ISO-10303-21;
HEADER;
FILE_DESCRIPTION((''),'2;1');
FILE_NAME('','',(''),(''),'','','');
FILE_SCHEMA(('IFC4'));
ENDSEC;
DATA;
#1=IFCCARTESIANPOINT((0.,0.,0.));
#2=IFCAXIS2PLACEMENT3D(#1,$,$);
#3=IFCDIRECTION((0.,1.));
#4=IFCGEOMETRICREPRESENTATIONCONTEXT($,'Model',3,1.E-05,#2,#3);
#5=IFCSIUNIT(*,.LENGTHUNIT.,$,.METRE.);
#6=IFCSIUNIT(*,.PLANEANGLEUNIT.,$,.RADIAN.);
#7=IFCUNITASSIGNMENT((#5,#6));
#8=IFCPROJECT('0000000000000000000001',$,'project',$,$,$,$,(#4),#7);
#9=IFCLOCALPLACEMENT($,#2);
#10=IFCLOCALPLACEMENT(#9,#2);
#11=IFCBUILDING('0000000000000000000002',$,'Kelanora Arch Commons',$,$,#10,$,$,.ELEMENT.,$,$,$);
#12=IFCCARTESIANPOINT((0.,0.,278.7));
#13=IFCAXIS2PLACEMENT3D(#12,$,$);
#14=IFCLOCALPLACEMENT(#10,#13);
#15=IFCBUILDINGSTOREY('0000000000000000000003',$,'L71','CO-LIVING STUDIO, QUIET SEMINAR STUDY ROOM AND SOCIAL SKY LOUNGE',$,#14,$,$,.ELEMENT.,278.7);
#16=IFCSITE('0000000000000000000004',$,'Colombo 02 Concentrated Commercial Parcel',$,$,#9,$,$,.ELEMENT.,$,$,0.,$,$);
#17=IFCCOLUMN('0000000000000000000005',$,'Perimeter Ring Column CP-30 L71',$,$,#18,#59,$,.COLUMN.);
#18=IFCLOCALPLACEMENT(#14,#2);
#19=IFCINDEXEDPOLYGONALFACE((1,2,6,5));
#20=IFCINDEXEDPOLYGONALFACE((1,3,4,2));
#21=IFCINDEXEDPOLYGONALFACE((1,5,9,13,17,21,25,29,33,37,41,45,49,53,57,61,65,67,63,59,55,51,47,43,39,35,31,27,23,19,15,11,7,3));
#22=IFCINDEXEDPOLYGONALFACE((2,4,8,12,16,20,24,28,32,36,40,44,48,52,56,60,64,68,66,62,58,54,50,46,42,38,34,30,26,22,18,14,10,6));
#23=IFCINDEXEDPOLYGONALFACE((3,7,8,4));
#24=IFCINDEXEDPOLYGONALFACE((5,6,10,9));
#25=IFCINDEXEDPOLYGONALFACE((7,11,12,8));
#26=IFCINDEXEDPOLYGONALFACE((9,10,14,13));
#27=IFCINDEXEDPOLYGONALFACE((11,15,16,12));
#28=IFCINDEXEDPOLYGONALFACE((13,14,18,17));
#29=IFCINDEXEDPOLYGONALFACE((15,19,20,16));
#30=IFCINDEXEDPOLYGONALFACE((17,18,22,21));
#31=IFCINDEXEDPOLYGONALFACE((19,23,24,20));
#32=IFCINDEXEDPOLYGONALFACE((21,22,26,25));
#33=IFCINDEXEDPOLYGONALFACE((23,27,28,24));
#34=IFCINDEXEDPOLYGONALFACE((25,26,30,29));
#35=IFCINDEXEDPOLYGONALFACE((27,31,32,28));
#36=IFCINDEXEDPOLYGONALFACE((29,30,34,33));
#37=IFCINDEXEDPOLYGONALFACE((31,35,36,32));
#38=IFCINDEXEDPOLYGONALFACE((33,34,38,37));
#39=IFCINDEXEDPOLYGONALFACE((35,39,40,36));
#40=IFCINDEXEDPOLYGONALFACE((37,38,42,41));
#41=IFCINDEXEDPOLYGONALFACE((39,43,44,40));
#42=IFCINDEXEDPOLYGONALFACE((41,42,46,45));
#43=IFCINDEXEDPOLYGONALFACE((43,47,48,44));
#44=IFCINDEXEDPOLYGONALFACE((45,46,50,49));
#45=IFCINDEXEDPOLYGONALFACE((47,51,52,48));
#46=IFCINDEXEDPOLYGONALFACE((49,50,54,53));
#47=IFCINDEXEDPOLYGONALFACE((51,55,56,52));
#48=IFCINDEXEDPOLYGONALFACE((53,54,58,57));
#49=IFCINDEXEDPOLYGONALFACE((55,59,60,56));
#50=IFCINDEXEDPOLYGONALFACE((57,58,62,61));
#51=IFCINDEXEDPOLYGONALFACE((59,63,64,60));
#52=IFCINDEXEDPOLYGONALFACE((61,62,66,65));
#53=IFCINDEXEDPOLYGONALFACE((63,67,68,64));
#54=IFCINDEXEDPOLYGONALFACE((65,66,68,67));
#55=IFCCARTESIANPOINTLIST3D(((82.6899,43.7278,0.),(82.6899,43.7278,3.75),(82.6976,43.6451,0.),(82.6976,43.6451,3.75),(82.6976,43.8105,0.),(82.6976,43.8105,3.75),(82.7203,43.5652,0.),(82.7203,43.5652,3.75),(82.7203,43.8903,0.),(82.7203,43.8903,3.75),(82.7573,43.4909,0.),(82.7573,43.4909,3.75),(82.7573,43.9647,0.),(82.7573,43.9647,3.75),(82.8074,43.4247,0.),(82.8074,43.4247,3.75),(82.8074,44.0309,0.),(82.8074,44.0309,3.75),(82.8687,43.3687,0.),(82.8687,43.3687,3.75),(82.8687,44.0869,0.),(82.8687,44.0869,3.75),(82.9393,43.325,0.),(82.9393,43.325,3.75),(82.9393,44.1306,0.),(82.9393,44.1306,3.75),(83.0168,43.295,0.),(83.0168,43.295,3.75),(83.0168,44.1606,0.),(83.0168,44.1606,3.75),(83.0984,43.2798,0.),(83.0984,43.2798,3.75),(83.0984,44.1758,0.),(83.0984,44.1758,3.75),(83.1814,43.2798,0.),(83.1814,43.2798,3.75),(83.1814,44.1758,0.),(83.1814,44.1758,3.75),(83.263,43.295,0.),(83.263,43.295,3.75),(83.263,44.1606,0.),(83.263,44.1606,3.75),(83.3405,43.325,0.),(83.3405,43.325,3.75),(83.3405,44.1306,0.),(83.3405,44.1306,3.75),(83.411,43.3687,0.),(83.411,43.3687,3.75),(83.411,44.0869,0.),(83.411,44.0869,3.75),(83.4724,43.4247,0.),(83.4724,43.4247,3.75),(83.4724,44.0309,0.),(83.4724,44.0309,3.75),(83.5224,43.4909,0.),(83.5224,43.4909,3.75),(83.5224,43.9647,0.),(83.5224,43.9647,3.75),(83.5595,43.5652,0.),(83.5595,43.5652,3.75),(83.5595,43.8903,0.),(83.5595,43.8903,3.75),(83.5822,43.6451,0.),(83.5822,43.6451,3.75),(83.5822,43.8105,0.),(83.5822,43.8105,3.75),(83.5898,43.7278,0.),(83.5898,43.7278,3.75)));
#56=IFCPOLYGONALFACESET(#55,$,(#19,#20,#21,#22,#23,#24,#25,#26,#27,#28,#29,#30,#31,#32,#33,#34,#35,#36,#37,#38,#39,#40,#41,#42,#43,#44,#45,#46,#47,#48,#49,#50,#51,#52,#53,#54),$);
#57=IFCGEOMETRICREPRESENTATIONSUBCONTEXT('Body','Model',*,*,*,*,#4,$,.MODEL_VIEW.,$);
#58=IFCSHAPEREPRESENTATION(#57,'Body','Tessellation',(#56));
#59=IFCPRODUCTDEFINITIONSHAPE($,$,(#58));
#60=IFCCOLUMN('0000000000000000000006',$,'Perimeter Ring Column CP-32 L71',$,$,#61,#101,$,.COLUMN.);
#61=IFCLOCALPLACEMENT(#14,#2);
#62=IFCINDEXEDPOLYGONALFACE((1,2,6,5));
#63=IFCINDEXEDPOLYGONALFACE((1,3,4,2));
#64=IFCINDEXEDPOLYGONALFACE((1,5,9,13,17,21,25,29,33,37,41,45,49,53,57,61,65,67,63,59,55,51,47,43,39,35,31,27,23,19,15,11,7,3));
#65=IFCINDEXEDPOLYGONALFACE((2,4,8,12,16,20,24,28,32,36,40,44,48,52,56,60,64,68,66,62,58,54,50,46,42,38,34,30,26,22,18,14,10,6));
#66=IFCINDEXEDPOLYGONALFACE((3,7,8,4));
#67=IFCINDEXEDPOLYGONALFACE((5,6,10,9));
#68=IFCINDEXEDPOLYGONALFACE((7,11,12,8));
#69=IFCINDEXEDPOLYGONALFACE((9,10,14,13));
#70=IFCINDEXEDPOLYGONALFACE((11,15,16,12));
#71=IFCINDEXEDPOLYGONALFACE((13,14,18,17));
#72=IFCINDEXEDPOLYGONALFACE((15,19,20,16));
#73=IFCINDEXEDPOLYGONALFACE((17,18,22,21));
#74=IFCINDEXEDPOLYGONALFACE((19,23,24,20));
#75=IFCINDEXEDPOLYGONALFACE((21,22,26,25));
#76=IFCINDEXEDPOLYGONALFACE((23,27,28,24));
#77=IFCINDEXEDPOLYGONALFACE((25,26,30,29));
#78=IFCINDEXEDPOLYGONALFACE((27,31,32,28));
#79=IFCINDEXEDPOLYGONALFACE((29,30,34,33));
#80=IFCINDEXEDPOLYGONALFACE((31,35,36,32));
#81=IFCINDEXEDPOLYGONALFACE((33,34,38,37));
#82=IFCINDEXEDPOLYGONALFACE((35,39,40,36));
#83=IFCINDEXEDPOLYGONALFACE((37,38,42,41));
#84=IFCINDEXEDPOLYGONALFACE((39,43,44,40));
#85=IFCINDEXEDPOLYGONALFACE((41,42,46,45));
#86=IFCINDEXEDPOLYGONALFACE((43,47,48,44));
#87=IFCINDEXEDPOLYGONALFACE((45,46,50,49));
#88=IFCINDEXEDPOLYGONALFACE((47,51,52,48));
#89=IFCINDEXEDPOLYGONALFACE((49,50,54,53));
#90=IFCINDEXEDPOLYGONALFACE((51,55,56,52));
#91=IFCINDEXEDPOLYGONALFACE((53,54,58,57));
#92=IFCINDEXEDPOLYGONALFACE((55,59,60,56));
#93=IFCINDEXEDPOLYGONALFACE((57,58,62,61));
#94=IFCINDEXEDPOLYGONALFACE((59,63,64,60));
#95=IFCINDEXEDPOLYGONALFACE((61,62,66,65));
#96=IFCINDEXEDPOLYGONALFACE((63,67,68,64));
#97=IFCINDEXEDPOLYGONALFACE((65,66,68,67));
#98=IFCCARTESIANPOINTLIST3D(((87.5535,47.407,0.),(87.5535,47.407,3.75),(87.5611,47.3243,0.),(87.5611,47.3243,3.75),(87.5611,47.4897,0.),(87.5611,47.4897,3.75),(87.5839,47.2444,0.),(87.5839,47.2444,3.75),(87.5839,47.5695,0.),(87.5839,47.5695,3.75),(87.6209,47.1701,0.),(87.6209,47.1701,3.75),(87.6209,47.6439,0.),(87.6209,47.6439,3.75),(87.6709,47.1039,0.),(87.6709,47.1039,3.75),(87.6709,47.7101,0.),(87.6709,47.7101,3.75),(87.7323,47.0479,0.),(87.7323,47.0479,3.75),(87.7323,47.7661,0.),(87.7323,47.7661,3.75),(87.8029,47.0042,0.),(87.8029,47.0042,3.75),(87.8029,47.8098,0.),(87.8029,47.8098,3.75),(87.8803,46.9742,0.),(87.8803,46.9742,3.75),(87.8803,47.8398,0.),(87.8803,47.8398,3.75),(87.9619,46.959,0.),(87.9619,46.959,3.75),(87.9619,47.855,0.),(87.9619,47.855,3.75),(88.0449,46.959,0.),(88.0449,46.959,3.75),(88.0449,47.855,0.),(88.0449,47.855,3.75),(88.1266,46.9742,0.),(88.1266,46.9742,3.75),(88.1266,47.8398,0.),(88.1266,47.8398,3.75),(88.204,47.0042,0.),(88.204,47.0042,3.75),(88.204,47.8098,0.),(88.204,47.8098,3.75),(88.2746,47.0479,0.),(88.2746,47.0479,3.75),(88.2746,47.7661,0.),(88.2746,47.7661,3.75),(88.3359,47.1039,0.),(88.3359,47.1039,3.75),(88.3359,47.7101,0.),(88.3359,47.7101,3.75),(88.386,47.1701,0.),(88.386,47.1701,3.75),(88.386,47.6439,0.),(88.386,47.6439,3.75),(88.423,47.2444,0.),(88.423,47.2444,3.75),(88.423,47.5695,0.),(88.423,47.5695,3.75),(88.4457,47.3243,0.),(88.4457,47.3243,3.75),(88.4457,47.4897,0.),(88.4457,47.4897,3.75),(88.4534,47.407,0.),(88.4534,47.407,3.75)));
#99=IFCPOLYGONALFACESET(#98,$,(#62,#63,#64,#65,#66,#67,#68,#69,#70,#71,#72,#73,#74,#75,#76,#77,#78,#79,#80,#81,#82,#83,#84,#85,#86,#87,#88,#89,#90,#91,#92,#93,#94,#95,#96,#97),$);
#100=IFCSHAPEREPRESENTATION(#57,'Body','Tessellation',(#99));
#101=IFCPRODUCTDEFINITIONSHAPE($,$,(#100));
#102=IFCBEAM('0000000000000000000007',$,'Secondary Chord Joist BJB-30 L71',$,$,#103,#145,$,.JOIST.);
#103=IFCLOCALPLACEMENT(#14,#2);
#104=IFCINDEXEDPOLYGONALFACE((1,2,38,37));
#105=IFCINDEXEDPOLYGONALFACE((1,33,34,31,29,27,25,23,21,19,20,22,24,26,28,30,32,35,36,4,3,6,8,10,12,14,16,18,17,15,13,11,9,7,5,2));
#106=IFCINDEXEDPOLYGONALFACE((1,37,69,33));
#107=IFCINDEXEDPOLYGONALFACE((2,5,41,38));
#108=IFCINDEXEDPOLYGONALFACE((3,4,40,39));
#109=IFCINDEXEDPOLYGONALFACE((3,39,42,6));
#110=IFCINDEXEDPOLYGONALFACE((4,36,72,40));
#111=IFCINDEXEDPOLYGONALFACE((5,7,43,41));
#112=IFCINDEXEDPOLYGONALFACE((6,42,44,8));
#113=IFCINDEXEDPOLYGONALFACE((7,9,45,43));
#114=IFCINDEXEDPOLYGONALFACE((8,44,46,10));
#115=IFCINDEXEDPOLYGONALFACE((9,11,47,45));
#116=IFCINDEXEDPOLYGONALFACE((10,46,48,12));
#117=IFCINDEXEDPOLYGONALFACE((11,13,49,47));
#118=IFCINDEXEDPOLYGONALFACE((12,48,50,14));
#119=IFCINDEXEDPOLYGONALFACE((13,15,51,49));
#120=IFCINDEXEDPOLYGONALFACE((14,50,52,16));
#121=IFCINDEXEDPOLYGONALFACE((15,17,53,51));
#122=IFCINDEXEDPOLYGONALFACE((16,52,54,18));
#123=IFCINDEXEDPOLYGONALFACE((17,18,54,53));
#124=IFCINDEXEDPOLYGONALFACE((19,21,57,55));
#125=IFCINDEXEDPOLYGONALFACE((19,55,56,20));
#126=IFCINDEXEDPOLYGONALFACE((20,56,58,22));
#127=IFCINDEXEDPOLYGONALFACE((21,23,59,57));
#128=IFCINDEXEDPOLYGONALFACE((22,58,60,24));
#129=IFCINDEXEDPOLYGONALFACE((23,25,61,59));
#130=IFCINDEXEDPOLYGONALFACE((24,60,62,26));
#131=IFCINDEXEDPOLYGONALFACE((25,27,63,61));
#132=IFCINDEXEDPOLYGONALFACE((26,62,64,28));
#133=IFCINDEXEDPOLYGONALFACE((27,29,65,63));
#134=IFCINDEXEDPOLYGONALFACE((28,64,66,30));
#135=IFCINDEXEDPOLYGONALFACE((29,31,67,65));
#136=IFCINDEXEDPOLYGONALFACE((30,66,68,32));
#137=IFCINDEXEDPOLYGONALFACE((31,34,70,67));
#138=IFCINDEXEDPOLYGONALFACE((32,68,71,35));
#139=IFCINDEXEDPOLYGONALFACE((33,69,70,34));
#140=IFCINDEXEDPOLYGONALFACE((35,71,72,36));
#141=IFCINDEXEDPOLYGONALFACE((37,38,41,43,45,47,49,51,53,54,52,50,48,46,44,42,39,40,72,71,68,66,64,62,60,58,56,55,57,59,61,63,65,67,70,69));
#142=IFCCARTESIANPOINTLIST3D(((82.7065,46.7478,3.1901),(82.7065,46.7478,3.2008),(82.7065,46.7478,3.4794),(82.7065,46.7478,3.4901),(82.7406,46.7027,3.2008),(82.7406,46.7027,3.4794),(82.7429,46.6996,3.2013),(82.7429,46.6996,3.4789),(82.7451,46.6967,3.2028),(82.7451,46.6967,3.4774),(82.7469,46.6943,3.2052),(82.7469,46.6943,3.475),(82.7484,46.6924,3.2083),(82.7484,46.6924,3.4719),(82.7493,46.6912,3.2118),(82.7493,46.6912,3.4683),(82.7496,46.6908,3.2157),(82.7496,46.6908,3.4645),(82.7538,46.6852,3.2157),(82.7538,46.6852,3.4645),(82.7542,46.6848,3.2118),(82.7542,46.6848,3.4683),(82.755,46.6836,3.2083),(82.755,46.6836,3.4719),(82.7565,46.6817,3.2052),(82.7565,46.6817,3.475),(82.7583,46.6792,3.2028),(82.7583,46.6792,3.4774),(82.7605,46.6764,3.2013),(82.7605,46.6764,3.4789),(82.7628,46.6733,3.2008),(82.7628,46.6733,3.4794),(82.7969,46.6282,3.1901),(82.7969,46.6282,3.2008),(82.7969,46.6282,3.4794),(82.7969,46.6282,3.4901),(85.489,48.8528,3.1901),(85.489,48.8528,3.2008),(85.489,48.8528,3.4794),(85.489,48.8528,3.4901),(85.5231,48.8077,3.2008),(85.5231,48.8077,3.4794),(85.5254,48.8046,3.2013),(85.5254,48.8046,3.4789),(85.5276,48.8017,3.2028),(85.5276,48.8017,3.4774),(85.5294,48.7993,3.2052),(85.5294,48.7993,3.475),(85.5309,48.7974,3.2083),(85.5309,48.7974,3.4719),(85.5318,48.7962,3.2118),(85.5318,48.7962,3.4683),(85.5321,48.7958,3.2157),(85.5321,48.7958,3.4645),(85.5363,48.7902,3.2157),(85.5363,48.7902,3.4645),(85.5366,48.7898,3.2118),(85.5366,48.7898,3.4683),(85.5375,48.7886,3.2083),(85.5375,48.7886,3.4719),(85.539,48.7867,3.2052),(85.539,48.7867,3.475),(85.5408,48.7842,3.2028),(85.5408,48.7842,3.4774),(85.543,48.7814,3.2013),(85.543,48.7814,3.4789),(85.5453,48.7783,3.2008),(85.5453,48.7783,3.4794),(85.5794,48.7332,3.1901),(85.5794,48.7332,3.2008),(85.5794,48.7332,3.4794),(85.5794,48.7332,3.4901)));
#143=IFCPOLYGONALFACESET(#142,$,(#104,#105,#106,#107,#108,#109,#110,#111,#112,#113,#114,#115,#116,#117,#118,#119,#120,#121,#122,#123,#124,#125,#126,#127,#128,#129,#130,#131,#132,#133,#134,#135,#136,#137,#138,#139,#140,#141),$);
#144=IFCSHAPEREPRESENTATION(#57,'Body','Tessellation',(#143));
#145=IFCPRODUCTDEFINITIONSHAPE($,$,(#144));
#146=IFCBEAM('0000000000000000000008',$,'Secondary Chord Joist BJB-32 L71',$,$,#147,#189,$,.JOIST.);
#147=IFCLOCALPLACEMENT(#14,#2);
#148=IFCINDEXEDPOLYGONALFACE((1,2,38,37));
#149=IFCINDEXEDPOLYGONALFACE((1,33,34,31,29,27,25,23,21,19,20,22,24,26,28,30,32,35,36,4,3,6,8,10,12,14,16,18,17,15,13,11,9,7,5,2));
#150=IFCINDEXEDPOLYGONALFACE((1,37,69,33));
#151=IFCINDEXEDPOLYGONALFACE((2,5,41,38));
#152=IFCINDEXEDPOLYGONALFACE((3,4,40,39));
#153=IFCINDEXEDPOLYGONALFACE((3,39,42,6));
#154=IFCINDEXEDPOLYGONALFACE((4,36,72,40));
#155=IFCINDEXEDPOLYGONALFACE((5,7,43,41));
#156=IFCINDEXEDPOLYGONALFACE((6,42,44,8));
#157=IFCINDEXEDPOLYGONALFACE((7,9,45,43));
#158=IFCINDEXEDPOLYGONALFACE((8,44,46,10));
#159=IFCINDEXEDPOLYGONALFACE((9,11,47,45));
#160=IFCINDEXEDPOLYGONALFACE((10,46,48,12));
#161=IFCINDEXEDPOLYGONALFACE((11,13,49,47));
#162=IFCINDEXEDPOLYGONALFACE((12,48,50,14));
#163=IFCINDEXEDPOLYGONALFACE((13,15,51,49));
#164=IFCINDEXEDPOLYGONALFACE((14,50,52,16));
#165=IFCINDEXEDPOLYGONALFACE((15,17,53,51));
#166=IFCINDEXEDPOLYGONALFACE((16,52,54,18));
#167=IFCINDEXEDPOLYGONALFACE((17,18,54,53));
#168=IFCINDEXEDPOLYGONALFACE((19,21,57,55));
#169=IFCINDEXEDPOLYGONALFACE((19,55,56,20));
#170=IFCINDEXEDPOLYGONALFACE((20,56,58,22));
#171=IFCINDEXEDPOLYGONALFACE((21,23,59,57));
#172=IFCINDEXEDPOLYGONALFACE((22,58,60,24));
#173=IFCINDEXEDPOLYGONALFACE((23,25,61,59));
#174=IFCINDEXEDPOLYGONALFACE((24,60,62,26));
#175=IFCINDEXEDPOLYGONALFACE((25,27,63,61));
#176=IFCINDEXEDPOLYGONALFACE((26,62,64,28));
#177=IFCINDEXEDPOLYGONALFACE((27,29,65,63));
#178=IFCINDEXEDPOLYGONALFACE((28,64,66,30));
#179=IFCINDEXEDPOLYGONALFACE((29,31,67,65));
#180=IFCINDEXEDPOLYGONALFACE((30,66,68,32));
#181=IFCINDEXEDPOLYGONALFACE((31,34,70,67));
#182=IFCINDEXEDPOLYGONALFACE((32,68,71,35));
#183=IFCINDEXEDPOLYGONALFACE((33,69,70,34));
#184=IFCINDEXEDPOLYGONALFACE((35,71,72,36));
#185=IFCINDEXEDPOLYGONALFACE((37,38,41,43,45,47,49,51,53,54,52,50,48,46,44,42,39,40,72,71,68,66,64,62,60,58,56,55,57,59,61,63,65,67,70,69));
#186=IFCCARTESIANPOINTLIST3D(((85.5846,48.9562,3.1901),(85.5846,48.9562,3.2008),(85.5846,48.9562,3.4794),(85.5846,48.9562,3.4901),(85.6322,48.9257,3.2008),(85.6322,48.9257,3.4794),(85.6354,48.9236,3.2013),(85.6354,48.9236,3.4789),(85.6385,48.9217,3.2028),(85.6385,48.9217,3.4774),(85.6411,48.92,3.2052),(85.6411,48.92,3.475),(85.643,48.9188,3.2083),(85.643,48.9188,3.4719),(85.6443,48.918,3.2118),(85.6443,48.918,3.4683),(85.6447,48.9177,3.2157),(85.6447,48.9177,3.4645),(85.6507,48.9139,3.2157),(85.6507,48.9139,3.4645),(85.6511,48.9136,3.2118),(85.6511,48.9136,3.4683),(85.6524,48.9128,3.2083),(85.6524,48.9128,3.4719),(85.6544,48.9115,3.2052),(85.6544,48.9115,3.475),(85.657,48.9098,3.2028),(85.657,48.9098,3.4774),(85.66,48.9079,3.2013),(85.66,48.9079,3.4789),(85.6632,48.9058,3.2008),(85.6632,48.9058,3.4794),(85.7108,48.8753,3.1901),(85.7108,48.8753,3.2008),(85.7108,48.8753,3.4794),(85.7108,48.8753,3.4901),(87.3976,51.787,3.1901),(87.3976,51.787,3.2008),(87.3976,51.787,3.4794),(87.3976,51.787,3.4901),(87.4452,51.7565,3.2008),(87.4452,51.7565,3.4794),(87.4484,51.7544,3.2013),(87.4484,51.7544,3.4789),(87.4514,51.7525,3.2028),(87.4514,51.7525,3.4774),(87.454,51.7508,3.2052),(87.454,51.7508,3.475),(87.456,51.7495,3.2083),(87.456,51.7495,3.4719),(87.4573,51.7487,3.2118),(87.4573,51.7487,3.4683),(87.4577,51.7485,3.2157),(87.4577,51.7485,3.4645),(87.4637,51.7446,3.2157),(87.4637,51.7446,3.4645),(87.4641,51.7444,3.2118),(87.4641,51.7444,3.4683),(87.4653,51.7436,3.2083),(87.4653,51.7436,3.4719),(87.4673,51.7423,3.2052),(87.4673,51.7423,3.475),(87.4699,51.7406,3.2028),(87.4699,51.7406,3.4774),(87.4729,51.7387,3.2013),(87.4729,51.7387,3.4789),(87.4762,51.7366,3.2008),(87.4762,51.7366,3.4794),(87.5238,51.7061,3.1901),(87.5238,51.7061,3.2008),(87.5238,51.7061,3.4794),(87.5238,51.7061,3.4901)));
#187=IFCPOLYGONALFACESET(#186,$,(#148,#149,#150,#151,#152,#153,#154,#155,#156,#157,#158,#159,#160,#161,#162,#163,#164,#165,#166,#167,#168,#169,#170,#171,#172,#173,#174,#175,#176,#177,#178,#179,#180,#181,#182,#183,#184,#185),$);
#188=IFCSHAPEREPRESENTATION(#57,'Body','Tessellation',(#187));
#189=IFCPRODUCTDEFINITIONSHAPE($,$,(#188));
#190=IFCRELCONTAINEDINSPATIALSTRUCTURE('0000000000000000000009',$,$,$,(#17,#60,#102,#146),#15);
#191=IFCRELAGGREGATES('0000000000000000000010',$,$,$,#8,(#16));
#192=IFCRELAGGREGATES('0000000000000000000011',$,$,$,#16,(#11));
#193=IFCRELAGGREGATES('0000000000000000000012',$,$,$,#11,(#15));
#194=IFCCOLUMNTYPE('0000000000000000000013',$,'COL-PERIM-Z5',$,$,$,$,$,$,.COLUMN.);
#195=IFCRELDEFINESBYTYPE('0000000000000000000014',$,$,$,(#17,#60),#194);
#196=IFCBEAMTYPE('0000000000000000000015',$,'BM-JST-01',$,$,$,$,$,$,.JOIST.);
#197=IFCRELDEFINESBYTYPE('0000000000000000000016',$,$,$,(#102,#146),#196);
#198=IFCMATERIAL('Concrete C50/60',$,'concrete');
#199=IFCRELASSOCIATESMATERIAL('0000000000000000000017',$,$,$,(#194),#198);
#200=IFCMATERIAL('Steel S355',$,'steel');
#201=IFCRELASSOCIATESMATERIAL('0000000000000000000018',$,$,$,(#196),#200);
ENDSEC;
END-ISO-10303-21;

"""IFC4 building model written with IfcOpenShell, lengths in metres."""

from ifc_helpers import new_model, si_unit, direction, frame, origin, origin_2d, place, context, subcontext, project, spatial, circle, i_section, extrude, material, material_profile, profile_set, type_object, element, save


model = new_model("IFC4")

# Units and contexts
model_context = context("Model", 3, precision=1e-05, world=origin(), true_north=direction((0.0, 1.0)))
body_context = subcontext(model_context, "Body", "Model", "MODEL_VIEW")
ifc_project = project(units=[si_unit("LENGTHUNIT", "METRE"), si_unit("PLANEANGLEUNIT", "RADIAN")], contexts=[model_context])

# Site, building, storey
site_placement = place(None, origin())
site = spatial("IfcSite", under=ifc_project, at=site_placement, Name="Colombo 02 Concentrated Commercial Parcel", CompositionType="ELEMENT", RefElevation=0.0)
building_placement = place(site_placement, origin())
building = spatial("IfcBuilding", under=site, at=building_placement, Name="Kelanora Arch Commons", CompositionType="ELEMENT")
storey_placement = place(building_placement, frame((0.0, 0.0, 278.7)))
storey = spatial("IfcBuildingStorey", under=building, at=storey_placement, Name="L71", Description="CO-LIVING STUDIO, QUIET SEMINAR STUDY ROOM AND SOCIAL SKY LOUNGE", CompositionType="ELEMENT", Elevation=278.7)

# Columns
ifc_material_1 = material(Name="Concrete C50/60", Category="concrete")
ifc_material_profile_1 = material_profile(ifc_material_1, circle(Radius=0.45, at=origin_2d()), Name="RCC900")
ifc_profile_set_1 = profile_set([ifc_material_profile_1], Name="Concrete C50/60")
column_type = type_object("IfcColumnType", Name="COL-PERIM-Z5", PredefinedType="COLUMN", material=ifc_profile_set_1)
for number, where, z_axis, x_axis, name in (
    (1, (83.1399, 43.7278, 0.0), (0.0, 0.0, 1.0), (1.0, 0.0, 0.0), "Perimeter Ring Column CP-30 L71"),
    (2, (88.0034, 47.407, 0.0), (0.0, 0.0, 1.0), (1.0, 0.0, 0.0), "Perimeter Ring Column CP-32 L71"),
):
    element("IfcColumn", number, at=place(storey_placement, frame(where, z_axis=z_axis, x_axis=x_axis)), inside=storey, type_object=column_type, Name=name, PredefinedType="COLUMN", context=body_context, shape_type="SweptSolid", body=[
        extrude(circle(Radius=0.45, at=origin_2d()), origin(), (0.0, 0.0, 1.0), 3.75),
    ])

# Beams
ifc_material_2 = material(Name="Steel S355", Category="steel")
ifc_material_profile_2 = material_profile(ifc_material_2, i_section(OverallWidth=0.1499, OverallDepth=0.3, WebThickness=0.0071, FlangeThickness=0.0107, FilletRadius=0.0149, at=origin_2d()), Name="IPE300")
ifc_profile_set_2 = profile_set([ifc_material_profile_2], Name="Steel S355")
beam_type_1 = type_object("IfcBeamType", Name="BM-JST-01", PredefinedType="JOIST", material=ifc_profile_set_2)
beam_1_placement = place(storey_placement, frame((82.7517, 46.688, 3.3401), z_axis=(0.797499, 0.60332, 0.0), x_axis=(-0.60332, 0.797499, 0.0)))
element("IfcBeam", 3, at=beam_1_placement, inside=storey, type_object=beam_type_1, Name="Secondary Chord Joist BJB-30 L71", PredefinedType="JOIST", context=body_context, shape_type="SweptSolid", body=[
    extrude(i_section(OverallWidth=0.1499, OverallDepth=0.3, WebThickness=0.0071, FlangeThickness=0.0107, FilletRadius=0.0149, at=origin_2d()), origin(), (0.0, 0.0, 1.0), 3.489),
])
beam_2_placement = place(storey_placement, frame((85.6477, 48.9158, 3.3401), z_axis=(0.539322, 0.8421, 0.0), x_axis=(-0.8421, 0.539322, 0.0)))
element("IfcBeam", 4, at=beam_2_placement, inside=storey, type_object=beam_type_1, Name="Secondary Chord Joist BJB-32 L71", PredefinedType="JOIST", context=body_context, shape_type="SweptSolid", body=[
    extrude(i_section(OverallWidth=0.1499, OverallDepth=0.3, WebThickness=0.0071, FlangeThickness=0.0107, FilletRadius=0.0149, at=origin_2d()), origin(), (0.0, 0.0, 1.0), 3.3616),
])

save(model, "model.ifc")
